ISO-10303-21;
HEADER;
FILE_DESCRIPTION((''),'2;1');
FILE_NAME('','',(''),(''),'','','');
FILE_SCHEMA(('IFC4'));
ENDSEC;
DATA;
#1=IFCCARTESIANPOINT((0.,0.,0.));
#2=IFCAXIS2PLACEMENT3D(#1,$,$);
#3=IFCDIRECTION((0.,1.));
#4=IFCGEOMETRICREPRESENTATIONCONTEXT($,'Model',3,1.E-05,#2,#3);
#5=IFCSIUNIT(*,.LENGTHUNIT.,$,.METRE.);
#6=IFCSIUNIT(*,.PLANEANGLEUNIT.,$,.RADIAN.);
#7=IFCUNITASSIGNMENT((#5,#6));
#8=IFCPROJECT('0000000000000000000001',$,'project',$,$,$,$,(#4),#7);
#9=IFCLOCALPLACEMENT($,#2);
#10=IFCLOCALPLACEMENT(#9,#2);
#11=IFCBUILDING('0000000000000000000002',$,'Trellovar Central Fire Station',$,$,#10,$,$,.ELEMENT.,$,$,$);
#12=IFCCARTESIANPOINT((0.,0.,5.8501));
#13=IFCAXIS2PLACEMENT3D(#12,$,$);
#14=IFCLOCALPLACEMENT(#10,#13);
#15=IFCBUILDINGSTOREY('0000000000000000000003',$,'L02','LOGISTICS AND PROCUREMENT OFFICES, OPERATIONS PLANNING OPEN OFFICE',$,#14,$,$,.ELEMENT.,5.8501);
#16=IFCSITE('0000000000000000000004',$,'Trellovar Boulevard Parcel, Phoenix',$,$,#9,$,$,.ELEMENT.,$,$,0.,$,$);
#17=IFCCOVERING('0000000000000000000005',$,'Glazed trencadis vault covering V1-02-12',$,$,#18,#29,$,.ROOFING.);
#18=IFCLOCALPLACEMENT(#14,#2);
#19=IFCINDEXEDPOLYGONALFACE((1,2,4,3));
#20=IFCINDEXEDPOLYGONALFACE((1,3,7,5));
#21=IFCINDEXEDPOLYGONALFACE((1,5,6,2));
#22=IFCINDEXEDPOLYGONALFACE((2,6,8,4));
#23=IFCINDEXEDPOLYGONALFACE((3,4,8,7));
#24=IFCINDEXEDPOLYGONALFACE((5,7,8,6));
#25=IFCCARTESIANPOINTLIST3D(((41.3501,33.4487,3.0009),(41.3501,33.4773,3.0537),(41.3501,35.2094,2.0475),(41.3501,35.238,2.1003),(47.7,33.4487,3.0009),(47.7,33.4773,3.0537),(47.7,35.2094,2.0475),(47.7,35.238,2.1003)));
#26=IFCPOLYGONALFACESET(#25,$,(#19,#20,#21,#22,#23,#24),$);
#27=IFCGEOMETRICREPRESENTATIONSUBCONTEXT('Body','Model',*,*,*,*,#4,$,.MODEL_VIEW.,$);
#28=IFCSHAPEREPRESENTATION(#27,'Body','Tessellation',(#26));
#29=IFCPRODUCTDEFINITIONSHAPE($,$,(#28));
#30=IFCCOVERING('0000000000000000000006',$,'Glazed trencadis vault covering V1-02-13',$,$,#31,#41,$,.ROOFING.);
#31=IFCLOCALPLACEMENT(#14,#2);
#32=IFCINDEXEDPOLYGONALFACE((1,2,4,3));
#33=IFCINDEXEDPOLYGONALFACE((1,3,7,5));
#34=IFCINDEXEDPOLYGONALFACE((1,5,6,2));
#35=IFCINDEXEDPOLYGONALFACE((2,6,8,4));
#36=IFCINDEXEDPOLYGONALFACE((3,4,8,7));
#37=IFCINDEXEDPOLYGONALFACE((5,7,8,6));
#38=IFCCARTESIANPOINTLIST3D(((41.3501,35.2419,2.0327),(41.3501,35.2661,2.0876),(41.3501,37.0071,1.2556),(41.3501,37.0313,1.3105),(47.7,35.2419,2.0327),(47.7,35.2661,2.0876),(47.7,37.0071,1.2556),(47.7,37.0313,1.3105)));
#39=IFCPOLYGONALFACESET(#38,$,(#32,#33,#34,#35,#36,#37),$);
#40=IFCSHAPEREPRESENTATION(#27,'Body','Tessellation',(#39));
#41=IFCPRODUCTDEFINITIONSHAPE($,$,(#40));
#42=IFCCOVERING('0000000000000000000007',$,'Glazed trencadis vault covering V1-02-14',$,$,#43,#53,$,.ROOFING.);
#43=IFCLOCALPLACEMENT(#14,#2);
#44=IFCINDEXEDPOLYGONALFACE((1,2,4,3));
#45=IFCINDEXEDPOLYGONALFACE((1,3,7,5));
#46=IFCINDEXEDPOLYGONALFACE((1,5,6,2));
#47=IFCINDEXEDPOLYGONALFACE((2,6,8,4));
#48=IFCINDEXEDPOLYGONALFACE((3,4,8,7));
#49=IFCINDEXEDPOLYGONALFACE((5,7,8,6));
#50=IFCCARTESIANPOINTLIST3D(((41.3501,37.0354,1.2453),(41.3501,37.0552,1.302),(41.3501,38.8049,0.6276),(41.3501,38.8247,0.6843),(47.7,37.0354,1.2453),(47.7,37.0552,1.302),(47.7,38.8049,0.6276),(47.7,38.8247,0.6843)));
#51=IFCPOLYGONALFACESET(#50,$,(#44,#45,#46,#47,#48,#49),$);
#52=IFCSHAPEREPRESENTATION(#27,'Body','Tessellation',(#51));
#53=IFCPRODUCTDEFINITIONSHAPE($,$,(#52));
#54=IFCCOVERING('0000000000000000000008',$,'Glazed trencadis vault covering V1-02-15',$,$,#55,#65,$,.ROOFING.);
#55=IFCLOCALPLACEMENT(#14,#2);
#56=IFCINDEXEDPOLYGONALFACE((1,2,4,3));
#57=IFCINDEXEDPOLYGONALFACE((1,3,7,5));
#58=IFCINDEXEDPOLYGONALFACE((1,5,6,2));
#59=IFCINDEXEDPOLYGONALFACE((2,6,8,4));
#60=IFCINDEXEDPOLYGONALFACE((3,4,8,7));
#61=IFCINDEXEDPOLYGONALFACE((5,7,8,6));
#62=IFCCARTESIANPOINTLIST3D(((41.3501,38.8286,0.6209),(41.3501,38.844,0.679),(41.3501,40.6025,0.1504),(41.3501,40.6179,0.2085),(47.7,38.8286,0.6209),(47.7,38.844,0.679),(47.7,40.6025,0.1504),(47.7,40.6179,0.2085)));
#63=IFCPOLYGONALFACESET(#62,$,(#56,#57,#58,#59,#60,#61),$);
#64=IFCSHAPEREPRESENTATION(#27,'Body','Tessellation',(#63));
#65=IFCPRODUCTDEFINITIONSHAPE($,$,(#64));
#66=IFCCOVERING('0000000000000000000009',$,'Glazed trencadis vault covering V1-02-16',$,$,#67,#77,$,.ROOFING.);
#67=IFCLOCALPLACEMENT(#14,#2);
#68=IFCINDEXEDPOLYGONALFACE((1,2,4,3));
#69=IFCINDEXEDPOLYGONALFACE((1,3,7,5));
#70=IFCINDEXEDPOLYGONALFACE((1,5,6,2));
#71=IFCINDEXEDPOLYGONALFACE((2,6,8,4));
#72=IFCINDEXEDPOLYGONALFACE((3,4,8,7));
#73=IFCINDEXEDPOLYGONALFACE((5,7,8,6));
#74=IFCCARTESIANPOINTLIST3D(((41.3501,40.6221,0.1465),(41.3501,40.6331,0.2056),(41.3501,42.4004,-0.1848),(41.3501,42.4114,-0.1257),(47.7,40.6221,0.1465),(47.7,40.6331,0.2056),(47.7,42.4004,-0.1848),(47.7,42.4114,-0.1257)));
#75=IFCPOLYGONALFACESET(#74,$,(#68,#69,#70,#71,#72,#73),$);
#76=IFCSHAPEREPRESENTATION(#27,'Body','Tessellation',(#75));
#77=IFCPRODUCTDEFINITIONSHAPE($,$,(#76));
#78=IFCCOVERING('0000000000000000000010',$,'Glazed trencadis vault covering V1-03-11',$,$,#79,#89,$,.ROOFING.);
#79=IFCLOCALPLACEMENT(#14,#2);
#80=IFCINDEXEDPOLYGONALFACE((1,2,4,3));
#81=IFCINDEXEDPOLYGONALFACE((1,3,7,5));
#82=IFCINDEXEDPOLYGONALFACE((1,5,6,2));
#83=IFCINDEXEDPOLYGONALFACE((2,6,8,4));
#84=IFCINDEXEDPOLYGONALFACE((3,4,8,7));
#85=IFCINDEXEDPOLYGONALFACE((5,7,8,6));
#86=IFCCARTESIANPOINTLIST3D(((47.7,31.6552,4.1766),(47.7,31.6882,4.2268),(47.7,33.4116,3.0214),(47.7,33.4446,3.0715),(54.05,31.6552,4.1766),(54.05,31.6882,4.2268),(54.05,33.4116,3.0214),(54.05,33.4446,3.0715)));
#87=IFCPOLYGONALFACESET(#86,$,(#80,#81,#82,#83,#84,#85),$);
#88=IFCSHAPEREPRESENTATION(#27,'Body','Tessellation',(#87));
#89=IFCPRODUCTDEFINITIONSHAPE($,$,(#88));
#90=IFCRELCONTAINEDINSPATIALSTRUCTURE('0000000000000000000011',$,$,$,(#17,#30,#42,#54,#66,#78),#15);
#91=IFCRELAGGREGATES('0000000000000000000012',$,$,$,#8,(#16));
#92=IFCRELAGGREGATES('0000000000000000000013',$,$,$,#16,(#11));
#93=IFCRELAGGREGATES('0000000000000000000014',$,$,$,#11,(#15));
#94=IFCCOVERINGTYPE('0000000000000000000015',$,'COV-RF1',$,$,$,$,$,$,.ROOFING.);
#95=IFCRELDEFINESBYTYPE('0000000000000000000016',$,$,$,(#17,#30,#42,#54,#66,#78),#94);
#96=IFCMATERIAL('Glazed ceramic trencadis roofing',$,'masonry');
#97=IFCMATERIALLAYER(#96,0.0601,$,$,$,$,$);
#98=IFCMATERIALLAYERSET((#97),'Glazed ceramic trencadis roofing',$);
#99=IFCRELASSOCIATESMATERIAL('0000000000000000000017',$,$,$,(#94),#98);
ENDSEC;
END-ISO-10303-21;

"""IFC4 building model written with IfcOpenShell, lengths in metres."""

from ifc_helpers import new_model, si_unit, direction, frame, origin, place, context, subcontext, project, spatial, polyline, outline, extrude, material, layer, layer_set, type_object, element, save


model = new_model("IFC4")

# Units and contexts
model_context = context("Model", 3, precision=1e-05, world=origin(), true_north=direction((0.0, 1.0)))
body_context = subcontext(model_context, "Body", "Model", "MODEL_VIEW")
ifc_project = project(units=[si_unit("LENGTHUNIT", "METRE"), si_unit("PLANEANGLEUNIT", "RADIAN")], contexts=[model_context])

# Site, building, storey
site_placement = place(None, origin())
site = spatial("IfcSite", under=ifc_project, at=site_placement, Name="Trellovar Boulevard Parcel, Phoenix", CompositionType="ELEMENT", RefElevation=0.0)
building_placement = place(site_placement, origin())
building = spatial("IfcBuilding", under=site, at=building_placement, Name="Trellovar Central Fire Station", CompositionType="ELEMENT")
storey_placement = place(building_placement, frame((0.0, 0.0, 5.8501)))
storey = spatial("IfcBuildingStorey", under=building, at=storey_placement, Name="L02", Description="LOGISTICS AND PROCUREMENT OFFICES, OPERATIONS PLANNING OPEN OFFICE", CompositionType="ELEMENT", Elevation=5.8501)

# Coverings
ifc_material_1 = material(Name="Glazed ceramic trencadis roofing", Category="masonry")
ifc_layer_1 = layer(ifc_material_1, 0.0601)
ifc_layer_set_1 = layer_set([ifc_layer_1], Name="Glazed ceramic trencadis roofing")
covering_type = type_object("IfcCoveringType", Name="COV-RF1", PredefinedType="ROOFING", material=ifc_layer_set_1)
covering_1_placement = place(storey_placement, frame((41.3501, 33.4773, 3.0537), z_axis=(0.0, 0.476142, 0.879369), x_axis=(1.0, 0.0, 0.0)))
element("IfcCovering", 1, at=covering_1_placement, inside=storey, type_object=covering_type, Name="Glazed trencadis vault covering V1-02-12", PredefinedType="ROOFING", context=body_context, shape_type="SweptSolid", body=[
    extrude(outline(polyline([(0.0, 0.0), (6.3499, 0.0), (6.3499, 2.0023), (0.0, 2.0023), (0.0, 0.0)])), origin(), (0.0, 0.0, -1.0), 0.0601),
])
covering_2_placement = place(storey_placement, frame((41.3501, 35.2661, 2.0876), z_axis=(0.0, 0.40293, 0.915231), x_axis=(1.0, 0.0, 0.0)))
element("IfcCovering", 2, at=covering_2_placement, inside=storey, type_object=covering_type, Name="Glazed trencadis vault covering V1-02-13", PredefinedType="ROOFING", context=body_context, shape_type="SweptSolid", body=[
    extrude(outline(polyline([(0.0, 0.0), (6.3499, 0.0), (6.3499, 1.9286), (0.0, 1.9286), (0.0, 0.0)])), origin(), (0.0, 0.0, -1.0), 0.0601),
])
covering_3_placement = place(storey_placement, frame((41.3501, 37.0552, 1.302), z_axis=(0.0, 0.329561, 0.944134), x_axis=(1.0, 0.0, 0.0)))
element("IfcCovering", 3, at=covering_3_placement, inside=storey, type_object=covering_type, Name="Glazed trencadis vault covering V1-02-14", PredefinedType="ROOFING", context=body_context, shape_type="SweptSolid", body=[
    extrude(outline(polyline([(0.0, 0.0), (6.3499, 0.0), (6.3499, 1.8742), (0.0, 1.8742), (0.0, 0.0)])), origin(), (0.0, 0.0, -1.0), 0.0601),
])
covering_4_placement = place(storey_placement, frame((41.3501, 38.844, 0.679), z_axis=(0.0, 0.256346, 0.966585), x_axis=(1.0, 0.0, 0.0)))
element("IfcCovering", 4, at=covering_4_placement, inside=storey, type_object=covering_type, Name="Glazed trencadis vault covering V1-02-15", PredefinedType="ROOFING", context=body_context, shape_type="SweptSolid", body=[
    extrude(outline(polyline([(0.0, 0.0), (6.3499, 0.0), (6.3499, 1.8353), (0.0, 1.8353), (0.0, 0.0)])), origin(), (0.0, 0.0, -1.0), 0.0601),
])
covering_5_placement = place(storey_placement, frame((41.3501, 40.6331, 0.2056), z_axis=(0.0, 0.183148, 0.983085), x_axis=(1.0, 0.0, 0.0)))
element("IfcCovering", 5, at=covering_5_placement, inside=storey, type_object=covering_type, Name="Glazed trencadis vault covering V1-02-16", PredefinedType="ROOFING", context=body_context, shape_type="SweptSolid", body=[
    extrude(outline(polyline([(0.0, 0.0), (6.3499, 0.0), (6.3499, 1.8089), (0.0, 1.8089), (0.0, 0.0)])), origin(), (0.0, 0.0, -1.0), 0.0601),
])
covering_6_placement = place(storey_placement, frame((47.7, 31.6882, 4.2268), z_axis=(0.0, 0.549544, 0.835465), x_axis=(1.0, 0.0, 0.0)))
element("IfcCovering", 6, at=covering_6_placement, inside=storey, type_object=covering_type, Name="Glazed trencadis vault covering V1-03-11", PredefinedType="ROOFING", context=body_context, shape_type="SweptSolid", body=[
    extrude(outline(polyline([(0.0, 0.0), (6.3501, 0.0), (6.3501, 2.1022), (0.0, 2.1022), (0.0, 0.0)])), origin(), (0.0, 0.0, -1.0), 0.0601),
])

save(model, "model.ifc")
